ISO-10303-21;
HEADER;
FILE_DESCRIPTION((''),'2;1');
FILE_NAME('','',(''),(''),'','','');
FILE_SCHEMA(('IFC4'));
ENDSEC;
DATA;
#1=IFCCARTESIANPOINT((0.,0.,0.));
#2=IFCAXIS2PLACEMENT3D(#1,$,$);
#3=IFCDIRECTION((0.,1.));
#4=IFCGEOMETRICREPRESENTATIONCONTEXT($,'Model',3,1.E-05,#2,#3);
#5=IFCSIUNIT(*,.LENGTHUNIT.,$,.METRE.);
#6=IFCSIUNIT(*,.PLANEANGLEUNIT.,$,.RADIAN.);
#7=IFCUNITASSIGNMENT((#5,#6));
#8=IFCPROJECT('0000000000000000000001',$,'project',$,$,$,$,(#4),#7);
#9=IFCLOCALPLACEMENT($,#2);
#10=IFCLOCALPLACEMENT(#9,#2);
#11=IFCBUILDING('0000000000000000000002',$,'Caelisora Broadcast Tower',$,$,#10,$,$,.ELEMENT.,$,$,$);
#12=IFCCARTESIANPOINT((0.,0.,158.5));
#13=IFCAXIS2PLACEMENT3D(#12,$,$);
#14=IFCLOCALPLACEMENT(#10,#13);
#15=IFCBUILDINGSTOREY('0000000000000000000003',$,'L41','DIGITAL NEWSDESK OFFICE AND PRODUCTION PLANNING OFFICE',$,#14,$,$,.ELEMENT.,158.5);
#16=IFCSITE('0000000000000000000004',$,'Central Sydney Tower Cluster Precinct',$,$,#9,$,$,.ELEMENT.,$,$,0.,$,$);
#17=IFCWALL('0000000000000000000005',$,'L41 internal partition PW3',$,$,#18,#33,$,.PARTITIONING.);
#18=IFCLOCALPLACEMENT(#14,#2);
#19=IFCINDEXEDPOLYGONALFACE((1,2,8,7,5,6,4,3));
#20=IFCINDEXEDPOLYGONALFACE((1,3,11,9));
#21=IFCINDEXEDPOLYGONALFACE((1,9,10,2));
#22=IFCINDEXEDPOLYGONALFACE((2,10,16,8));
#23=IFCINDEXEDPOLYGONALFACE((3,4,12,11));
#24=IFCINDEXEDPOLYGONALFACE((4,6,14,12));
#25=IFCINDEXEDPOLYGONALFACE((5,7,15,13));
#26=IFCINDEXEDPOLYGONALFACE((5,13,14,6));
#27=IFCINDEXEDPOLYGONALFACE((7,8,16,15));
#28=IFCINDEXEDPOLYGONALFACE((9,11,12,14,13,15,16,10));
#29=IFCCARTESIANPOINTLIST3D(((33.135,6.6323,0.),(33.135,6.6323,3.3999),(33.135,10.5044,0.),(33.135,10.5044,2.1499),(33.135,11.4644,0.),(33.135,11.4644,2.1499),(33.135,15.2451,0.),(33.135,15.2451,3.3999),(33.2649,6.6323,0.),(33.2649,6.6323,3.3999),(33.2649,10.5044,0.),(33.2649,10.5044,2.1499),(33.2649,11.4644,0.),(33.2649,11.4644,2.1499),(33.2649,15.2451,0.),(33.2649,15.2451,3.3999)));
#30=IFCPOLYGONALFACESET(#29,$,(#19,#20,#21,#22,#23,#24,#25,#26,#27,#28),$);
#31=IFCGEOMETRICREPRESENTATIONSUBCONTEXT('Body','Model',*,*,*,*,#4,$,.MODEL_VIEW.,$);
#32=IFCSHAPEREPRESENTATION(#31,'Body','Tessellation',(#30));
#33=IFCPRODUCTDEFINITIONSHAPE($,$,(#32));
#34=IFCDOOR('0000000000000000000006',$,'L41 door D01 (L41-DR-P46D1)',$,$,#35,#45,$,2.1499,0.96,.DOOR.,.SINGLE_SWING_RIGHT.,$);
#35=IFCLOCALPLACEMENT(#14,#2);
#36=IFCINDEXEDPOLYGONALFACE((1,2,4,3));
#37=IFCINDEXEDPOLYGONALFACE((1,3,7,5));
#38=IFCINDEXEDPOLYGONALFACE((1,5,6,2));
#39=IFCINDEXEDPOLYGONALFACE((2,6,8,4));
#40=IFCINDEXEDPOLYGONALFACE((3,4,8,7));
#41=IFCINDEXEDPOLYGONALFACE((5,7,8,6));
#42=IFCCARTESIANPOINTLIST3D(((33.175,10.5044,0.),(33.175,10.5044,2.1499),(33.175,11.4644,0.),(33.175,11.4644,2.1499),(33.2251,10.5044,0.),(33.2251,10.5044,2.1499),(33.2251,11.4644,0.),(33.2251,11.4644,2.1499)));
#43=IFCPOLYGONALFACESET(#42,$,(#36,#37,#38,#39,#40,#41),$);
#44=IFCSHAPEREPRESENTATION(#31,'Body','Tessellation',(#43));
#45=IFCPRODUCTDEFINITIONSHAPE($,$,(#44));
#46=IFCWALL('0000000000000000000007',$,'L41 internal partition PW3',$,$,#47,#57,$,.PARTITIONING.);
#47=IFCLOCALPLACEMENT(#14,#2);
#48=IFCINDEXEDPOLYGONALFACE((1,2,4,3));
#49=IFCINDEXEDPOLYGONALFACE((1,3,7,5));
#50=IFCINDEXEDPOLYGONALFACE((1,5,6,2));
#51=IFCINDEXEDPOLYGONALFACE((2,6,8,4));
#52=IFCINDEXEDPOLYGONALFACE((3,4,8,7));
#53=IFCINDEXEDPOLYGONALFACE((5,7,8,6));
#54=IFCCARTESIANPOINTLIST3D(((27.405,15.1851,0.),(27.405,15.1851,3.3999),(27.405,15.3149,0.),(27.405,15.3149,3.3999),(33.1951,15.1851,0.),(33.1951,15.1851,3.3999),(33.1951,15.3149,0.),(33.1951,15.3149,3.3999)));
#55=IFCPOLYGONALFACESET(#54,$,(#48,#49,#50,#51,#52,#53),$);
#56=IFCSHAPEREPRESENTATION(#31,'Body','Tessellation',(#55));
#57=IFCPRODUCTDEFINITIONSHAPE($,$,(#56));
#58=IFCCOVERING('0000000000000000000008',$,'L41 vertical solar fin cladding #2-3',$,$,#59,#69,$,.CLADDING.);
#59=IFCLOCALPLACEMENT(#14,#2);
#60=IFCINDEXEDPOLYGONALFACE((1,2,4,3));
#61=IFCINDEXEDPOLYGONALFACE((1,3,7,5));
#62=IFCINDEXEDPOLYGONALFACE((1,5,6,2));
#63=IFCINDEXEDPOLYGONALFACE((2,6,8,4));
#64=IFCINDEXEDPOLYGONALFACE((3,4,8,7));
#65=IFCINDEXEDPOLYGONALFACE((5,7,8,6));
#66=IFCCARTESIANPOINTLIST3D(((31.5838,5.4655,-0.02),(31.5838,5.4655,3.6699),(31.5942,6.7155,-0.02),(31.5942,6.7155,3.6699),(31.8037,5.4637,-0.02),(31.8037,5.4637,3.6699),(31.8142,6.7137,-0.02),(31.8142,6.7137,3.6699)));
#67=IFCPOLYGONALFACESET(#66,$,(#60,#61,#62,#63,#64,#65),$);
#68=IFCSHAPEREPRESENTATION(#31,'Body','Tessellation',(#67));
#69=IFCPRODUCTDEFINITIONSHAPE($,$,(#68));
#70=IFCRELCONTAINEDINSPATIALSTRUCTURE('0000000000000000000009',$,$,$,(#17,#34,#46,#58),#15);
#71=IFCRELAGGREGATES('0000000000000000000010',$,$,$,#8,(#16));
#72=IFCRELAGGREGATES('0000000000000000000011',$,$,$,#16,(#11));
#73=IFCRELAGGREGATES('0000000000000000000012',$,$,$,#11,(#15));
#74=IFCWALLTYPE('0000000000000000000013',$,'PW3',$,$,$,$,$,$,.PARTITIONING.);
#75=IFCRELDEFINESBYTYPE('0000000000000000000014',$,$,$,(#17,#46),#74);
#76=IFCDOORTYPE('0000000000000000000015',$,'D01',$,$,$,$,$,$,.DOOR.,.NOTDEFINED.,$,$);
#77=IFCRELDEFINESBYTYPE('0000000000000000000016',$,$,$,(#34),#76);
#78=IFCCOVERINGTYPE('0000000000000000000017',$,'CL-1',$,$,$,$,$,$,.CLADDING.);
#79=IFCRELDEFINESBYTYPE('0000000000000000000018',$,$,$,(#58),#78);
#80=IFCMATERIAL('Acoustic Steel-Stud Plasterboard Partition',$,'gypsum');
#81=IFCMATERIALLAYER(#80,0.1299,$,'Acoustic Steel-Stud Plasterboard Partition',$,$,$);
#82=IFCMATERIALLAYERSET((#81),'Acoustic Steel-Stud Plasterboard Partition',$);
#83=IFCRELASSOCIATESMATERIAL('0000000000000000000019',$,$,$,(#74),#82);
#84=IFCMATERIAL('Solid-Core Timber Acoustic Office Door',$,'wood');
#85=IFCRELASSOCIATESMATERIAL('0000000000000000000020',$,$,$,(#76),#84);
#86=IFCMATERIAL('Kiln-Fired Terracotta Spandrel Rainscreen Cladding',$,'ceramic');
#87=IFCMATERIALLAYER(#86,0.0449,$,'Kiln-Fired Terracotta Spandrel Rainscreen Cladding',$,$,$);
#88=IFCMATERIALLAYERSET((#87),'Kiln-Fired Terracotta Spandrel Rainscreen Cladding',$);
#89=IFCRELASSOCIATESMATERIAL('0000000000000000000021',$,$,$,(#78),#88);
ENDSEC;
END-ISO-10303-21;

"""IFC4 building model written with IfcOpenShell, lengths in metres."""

from ifc_helpers import new_model, si_unit, direction, frame, frame_2d, origin, origin_2d, place, context, subcontext, project, spatial, rectangle, extrude, source, transform, mapped, material, layer, layer_set, type_object, type_shapes, element, fill, save


model = new_model("IFC4")

# Units and contexts
model_context = context("Model", 3, precision=1e-05, world=origin(), true_north=direction((0.0, 1.0)))
body_context = subcontext(model_context, "Body", "Model", "MODEL_VIEW")
ifc_project = project(units=[si_unit("LENGTHUNIT", "METRE"), si_unit("PLANEANGLEUNIT", "RADIAN")], contexts=[model_context])

# Site, building, storey
site_placement = place(None, origin())
site = spatial("IfcSite", under=ifc_project, at=site_placement, Name="Central Sydney Tower Cluster Precinct", CompositionType="ELEMENT", RefElevation=0.0)
building_placement = place(site_placement, origin())
building = spatial("IfcBuilding", under=site, at=building_placement, Name="Caelisora Broadcast Tower", CompositionType="ELEMENT")
storey_placement = place(building_placement, frame((0.0, 0.0, 158.5)))
storey = spatial("IfcBuildingStorey", under=building, at=storey_placement, Name="L41", Description="DIGITAL NEWSDESK OFFICE AND PRODUCTION PLANNING OFFICE", CompositionType="ELEMENT", Elevation=158.5)

# Wall, opening, door
ifc_material_1 = material(Name="Acoustic Steel-Stud Plasterboard Partition", Category="gypsum")
ifc_layer_1 = layer(ifc_material_1, 0.1299, Name="Acoustic Steel-Stud Plasterboard Partition")
ifc_layer_set_1 = layer_set([ifc_layer_1], Name="Acoustic Steel-Stud Plasterboard Partition")
wall_type = type_object("IfcWallType", Name="PW3", PredefinedType="PARTITIONING", material=ifc_layer_set_1)
wall_1_placement = place(storey_placement, frame((33.2, 6.6323, 0.0), z_axis=(0.0, 0.0, 1.0), x_axis=(0.0, 1.0, 0.0)))
wall_1 = element("IfcWall", 1, at=wall_1_placement, inside=storey, type_object=wall_type, Name="L41 internal partition PW3", PredefinedType="PARTITIONING", context=body_context, shape_type="SweptSolid", body=[
    extrude(rectangle(XDim=8.6128, YDim=0.1299, at=frame_2d((4.3064, 0.0))), origin(), (0.0, 0.0, 1.0), 3.3999),
])
opening_placement = place(wall_1_placement, frame((3.8721, 0.0, 0.0)))
opening = element("IfcOpeningElement", 2, at=opening_placement, cuts=wall_1, PredefinedType="OPENING", context=body_context, shape_type="SweptSolid", body=[
    extrude(rectangle(XDim=0.96, YDim=2.1499, at=frame_2d((0.48, 1.075))), frame((0.0, 0.0769, 0.0), z_axis=(0.0, -1.0, 0.0), x_axis=(1.0, 0.0, 0.0)), (0.0, 0.0, 1.0), 0.1538),
])
ifc_material_2 = material(Name="Solid-Core Timber Acoustic Office Door", Category="wood")
door_type = type_object("IfcDoorType", Name="D01", OperationType="NOTDEFINED", PredefinedType="DOOR", material=ifc_material_2)
door_placement = place(opening_placement, origin())
door = element("IfcDoor", 3, at=door_placement, inside=storey, type_object=door_type, Name="L41 door D01 (L41-DR-P46D1)", OperationType="SINGLE_SWING_RIGHT", OverallHeight=2.1499, OverallWidth=0.96, PredefinedType="DOOR", context=body_context, shape_type="SweptSolid", body=[
    extrude(rectangle(XDim=0.96, YDim=2.1499, at=frame_2d((0.48, 1.075))), frame((0.0, 0.0249, 0.0), z_axis=(0.0, -1.0, 0.0), x_axis=(1.0, 0.0, 0.0)), (0.0, 0.0, 1.0), 0.05),
])
fill(opening, door)

# Wall
wall_2_placement = place(storey_placement, frame((27.405, 15.25, 0.0), z_axis=(0.0, 0.0, 1.0), x_axis=(1.0, 0.0, 0.0)))
element("IfcWall", 4, at=wall_2_placement, inside=storey, type_object=wall_type, Name="L41 internal partition PW3", PredefinedType="PARTITIONING", context=body_context, shape_type="SweptSolid", body=[
    extrude(rectangle(XDim=5.79, YDim=0.1299, at=frame_2d((2.895, 0.0))), origin(), (0.0, 0.0, 1.0), 3.3999),
])

# Covering
ifc_material_3 = material(Name="Kiln-Fired Terracotta Spandrel Rainscreen Cladding", Category="ceramic")
ifc_layer_2 = layer(ifc_material_3, 0.0449, Name="Kiln-Fired Terracotta Spandrel Rainscreen Cladding")
ifc_layer_set_2 = layer_set([ifc_layer_2], Name="Kiln-Fired Terracotta Spandrel Rainscreen Cladding")
covering_type = type_object("IfcCoveringType", Name="CL-1", PredefinedType="CLADDING", material=ifc_layer_set_2)
shared_shape_1 = source(origin(), body_context, "Body", "SweptSolid", [
    extrude(rectangle(XDim=0.22, YDim=1.25, at=origin_2d()), origin(), (0.0, 0.0, 1.0), 3.6899),
])
type_shapes(covering_type, [shared_shape_1])
covering_placement = place(storey_placement, frame((31.699, 6.0896, -0.02), z_axis=(0.0, 0.0, 1.0), x_axis=(-0.999965, 0.008377, 0.0)))
element("IfcCovering", 5, at=covering_placement, inside=storey, type_object=covering_type, Name="L41 vertical solar fin cladding #2-3", PredefinedType="CLADDING", context=body_context, shape_type="MappedRepresentation", body=[
    mapped(shared_shape_1, transform((0.0, 0.0, 0.0), scale=1.0)),
])

save(model, "model.ifc")
